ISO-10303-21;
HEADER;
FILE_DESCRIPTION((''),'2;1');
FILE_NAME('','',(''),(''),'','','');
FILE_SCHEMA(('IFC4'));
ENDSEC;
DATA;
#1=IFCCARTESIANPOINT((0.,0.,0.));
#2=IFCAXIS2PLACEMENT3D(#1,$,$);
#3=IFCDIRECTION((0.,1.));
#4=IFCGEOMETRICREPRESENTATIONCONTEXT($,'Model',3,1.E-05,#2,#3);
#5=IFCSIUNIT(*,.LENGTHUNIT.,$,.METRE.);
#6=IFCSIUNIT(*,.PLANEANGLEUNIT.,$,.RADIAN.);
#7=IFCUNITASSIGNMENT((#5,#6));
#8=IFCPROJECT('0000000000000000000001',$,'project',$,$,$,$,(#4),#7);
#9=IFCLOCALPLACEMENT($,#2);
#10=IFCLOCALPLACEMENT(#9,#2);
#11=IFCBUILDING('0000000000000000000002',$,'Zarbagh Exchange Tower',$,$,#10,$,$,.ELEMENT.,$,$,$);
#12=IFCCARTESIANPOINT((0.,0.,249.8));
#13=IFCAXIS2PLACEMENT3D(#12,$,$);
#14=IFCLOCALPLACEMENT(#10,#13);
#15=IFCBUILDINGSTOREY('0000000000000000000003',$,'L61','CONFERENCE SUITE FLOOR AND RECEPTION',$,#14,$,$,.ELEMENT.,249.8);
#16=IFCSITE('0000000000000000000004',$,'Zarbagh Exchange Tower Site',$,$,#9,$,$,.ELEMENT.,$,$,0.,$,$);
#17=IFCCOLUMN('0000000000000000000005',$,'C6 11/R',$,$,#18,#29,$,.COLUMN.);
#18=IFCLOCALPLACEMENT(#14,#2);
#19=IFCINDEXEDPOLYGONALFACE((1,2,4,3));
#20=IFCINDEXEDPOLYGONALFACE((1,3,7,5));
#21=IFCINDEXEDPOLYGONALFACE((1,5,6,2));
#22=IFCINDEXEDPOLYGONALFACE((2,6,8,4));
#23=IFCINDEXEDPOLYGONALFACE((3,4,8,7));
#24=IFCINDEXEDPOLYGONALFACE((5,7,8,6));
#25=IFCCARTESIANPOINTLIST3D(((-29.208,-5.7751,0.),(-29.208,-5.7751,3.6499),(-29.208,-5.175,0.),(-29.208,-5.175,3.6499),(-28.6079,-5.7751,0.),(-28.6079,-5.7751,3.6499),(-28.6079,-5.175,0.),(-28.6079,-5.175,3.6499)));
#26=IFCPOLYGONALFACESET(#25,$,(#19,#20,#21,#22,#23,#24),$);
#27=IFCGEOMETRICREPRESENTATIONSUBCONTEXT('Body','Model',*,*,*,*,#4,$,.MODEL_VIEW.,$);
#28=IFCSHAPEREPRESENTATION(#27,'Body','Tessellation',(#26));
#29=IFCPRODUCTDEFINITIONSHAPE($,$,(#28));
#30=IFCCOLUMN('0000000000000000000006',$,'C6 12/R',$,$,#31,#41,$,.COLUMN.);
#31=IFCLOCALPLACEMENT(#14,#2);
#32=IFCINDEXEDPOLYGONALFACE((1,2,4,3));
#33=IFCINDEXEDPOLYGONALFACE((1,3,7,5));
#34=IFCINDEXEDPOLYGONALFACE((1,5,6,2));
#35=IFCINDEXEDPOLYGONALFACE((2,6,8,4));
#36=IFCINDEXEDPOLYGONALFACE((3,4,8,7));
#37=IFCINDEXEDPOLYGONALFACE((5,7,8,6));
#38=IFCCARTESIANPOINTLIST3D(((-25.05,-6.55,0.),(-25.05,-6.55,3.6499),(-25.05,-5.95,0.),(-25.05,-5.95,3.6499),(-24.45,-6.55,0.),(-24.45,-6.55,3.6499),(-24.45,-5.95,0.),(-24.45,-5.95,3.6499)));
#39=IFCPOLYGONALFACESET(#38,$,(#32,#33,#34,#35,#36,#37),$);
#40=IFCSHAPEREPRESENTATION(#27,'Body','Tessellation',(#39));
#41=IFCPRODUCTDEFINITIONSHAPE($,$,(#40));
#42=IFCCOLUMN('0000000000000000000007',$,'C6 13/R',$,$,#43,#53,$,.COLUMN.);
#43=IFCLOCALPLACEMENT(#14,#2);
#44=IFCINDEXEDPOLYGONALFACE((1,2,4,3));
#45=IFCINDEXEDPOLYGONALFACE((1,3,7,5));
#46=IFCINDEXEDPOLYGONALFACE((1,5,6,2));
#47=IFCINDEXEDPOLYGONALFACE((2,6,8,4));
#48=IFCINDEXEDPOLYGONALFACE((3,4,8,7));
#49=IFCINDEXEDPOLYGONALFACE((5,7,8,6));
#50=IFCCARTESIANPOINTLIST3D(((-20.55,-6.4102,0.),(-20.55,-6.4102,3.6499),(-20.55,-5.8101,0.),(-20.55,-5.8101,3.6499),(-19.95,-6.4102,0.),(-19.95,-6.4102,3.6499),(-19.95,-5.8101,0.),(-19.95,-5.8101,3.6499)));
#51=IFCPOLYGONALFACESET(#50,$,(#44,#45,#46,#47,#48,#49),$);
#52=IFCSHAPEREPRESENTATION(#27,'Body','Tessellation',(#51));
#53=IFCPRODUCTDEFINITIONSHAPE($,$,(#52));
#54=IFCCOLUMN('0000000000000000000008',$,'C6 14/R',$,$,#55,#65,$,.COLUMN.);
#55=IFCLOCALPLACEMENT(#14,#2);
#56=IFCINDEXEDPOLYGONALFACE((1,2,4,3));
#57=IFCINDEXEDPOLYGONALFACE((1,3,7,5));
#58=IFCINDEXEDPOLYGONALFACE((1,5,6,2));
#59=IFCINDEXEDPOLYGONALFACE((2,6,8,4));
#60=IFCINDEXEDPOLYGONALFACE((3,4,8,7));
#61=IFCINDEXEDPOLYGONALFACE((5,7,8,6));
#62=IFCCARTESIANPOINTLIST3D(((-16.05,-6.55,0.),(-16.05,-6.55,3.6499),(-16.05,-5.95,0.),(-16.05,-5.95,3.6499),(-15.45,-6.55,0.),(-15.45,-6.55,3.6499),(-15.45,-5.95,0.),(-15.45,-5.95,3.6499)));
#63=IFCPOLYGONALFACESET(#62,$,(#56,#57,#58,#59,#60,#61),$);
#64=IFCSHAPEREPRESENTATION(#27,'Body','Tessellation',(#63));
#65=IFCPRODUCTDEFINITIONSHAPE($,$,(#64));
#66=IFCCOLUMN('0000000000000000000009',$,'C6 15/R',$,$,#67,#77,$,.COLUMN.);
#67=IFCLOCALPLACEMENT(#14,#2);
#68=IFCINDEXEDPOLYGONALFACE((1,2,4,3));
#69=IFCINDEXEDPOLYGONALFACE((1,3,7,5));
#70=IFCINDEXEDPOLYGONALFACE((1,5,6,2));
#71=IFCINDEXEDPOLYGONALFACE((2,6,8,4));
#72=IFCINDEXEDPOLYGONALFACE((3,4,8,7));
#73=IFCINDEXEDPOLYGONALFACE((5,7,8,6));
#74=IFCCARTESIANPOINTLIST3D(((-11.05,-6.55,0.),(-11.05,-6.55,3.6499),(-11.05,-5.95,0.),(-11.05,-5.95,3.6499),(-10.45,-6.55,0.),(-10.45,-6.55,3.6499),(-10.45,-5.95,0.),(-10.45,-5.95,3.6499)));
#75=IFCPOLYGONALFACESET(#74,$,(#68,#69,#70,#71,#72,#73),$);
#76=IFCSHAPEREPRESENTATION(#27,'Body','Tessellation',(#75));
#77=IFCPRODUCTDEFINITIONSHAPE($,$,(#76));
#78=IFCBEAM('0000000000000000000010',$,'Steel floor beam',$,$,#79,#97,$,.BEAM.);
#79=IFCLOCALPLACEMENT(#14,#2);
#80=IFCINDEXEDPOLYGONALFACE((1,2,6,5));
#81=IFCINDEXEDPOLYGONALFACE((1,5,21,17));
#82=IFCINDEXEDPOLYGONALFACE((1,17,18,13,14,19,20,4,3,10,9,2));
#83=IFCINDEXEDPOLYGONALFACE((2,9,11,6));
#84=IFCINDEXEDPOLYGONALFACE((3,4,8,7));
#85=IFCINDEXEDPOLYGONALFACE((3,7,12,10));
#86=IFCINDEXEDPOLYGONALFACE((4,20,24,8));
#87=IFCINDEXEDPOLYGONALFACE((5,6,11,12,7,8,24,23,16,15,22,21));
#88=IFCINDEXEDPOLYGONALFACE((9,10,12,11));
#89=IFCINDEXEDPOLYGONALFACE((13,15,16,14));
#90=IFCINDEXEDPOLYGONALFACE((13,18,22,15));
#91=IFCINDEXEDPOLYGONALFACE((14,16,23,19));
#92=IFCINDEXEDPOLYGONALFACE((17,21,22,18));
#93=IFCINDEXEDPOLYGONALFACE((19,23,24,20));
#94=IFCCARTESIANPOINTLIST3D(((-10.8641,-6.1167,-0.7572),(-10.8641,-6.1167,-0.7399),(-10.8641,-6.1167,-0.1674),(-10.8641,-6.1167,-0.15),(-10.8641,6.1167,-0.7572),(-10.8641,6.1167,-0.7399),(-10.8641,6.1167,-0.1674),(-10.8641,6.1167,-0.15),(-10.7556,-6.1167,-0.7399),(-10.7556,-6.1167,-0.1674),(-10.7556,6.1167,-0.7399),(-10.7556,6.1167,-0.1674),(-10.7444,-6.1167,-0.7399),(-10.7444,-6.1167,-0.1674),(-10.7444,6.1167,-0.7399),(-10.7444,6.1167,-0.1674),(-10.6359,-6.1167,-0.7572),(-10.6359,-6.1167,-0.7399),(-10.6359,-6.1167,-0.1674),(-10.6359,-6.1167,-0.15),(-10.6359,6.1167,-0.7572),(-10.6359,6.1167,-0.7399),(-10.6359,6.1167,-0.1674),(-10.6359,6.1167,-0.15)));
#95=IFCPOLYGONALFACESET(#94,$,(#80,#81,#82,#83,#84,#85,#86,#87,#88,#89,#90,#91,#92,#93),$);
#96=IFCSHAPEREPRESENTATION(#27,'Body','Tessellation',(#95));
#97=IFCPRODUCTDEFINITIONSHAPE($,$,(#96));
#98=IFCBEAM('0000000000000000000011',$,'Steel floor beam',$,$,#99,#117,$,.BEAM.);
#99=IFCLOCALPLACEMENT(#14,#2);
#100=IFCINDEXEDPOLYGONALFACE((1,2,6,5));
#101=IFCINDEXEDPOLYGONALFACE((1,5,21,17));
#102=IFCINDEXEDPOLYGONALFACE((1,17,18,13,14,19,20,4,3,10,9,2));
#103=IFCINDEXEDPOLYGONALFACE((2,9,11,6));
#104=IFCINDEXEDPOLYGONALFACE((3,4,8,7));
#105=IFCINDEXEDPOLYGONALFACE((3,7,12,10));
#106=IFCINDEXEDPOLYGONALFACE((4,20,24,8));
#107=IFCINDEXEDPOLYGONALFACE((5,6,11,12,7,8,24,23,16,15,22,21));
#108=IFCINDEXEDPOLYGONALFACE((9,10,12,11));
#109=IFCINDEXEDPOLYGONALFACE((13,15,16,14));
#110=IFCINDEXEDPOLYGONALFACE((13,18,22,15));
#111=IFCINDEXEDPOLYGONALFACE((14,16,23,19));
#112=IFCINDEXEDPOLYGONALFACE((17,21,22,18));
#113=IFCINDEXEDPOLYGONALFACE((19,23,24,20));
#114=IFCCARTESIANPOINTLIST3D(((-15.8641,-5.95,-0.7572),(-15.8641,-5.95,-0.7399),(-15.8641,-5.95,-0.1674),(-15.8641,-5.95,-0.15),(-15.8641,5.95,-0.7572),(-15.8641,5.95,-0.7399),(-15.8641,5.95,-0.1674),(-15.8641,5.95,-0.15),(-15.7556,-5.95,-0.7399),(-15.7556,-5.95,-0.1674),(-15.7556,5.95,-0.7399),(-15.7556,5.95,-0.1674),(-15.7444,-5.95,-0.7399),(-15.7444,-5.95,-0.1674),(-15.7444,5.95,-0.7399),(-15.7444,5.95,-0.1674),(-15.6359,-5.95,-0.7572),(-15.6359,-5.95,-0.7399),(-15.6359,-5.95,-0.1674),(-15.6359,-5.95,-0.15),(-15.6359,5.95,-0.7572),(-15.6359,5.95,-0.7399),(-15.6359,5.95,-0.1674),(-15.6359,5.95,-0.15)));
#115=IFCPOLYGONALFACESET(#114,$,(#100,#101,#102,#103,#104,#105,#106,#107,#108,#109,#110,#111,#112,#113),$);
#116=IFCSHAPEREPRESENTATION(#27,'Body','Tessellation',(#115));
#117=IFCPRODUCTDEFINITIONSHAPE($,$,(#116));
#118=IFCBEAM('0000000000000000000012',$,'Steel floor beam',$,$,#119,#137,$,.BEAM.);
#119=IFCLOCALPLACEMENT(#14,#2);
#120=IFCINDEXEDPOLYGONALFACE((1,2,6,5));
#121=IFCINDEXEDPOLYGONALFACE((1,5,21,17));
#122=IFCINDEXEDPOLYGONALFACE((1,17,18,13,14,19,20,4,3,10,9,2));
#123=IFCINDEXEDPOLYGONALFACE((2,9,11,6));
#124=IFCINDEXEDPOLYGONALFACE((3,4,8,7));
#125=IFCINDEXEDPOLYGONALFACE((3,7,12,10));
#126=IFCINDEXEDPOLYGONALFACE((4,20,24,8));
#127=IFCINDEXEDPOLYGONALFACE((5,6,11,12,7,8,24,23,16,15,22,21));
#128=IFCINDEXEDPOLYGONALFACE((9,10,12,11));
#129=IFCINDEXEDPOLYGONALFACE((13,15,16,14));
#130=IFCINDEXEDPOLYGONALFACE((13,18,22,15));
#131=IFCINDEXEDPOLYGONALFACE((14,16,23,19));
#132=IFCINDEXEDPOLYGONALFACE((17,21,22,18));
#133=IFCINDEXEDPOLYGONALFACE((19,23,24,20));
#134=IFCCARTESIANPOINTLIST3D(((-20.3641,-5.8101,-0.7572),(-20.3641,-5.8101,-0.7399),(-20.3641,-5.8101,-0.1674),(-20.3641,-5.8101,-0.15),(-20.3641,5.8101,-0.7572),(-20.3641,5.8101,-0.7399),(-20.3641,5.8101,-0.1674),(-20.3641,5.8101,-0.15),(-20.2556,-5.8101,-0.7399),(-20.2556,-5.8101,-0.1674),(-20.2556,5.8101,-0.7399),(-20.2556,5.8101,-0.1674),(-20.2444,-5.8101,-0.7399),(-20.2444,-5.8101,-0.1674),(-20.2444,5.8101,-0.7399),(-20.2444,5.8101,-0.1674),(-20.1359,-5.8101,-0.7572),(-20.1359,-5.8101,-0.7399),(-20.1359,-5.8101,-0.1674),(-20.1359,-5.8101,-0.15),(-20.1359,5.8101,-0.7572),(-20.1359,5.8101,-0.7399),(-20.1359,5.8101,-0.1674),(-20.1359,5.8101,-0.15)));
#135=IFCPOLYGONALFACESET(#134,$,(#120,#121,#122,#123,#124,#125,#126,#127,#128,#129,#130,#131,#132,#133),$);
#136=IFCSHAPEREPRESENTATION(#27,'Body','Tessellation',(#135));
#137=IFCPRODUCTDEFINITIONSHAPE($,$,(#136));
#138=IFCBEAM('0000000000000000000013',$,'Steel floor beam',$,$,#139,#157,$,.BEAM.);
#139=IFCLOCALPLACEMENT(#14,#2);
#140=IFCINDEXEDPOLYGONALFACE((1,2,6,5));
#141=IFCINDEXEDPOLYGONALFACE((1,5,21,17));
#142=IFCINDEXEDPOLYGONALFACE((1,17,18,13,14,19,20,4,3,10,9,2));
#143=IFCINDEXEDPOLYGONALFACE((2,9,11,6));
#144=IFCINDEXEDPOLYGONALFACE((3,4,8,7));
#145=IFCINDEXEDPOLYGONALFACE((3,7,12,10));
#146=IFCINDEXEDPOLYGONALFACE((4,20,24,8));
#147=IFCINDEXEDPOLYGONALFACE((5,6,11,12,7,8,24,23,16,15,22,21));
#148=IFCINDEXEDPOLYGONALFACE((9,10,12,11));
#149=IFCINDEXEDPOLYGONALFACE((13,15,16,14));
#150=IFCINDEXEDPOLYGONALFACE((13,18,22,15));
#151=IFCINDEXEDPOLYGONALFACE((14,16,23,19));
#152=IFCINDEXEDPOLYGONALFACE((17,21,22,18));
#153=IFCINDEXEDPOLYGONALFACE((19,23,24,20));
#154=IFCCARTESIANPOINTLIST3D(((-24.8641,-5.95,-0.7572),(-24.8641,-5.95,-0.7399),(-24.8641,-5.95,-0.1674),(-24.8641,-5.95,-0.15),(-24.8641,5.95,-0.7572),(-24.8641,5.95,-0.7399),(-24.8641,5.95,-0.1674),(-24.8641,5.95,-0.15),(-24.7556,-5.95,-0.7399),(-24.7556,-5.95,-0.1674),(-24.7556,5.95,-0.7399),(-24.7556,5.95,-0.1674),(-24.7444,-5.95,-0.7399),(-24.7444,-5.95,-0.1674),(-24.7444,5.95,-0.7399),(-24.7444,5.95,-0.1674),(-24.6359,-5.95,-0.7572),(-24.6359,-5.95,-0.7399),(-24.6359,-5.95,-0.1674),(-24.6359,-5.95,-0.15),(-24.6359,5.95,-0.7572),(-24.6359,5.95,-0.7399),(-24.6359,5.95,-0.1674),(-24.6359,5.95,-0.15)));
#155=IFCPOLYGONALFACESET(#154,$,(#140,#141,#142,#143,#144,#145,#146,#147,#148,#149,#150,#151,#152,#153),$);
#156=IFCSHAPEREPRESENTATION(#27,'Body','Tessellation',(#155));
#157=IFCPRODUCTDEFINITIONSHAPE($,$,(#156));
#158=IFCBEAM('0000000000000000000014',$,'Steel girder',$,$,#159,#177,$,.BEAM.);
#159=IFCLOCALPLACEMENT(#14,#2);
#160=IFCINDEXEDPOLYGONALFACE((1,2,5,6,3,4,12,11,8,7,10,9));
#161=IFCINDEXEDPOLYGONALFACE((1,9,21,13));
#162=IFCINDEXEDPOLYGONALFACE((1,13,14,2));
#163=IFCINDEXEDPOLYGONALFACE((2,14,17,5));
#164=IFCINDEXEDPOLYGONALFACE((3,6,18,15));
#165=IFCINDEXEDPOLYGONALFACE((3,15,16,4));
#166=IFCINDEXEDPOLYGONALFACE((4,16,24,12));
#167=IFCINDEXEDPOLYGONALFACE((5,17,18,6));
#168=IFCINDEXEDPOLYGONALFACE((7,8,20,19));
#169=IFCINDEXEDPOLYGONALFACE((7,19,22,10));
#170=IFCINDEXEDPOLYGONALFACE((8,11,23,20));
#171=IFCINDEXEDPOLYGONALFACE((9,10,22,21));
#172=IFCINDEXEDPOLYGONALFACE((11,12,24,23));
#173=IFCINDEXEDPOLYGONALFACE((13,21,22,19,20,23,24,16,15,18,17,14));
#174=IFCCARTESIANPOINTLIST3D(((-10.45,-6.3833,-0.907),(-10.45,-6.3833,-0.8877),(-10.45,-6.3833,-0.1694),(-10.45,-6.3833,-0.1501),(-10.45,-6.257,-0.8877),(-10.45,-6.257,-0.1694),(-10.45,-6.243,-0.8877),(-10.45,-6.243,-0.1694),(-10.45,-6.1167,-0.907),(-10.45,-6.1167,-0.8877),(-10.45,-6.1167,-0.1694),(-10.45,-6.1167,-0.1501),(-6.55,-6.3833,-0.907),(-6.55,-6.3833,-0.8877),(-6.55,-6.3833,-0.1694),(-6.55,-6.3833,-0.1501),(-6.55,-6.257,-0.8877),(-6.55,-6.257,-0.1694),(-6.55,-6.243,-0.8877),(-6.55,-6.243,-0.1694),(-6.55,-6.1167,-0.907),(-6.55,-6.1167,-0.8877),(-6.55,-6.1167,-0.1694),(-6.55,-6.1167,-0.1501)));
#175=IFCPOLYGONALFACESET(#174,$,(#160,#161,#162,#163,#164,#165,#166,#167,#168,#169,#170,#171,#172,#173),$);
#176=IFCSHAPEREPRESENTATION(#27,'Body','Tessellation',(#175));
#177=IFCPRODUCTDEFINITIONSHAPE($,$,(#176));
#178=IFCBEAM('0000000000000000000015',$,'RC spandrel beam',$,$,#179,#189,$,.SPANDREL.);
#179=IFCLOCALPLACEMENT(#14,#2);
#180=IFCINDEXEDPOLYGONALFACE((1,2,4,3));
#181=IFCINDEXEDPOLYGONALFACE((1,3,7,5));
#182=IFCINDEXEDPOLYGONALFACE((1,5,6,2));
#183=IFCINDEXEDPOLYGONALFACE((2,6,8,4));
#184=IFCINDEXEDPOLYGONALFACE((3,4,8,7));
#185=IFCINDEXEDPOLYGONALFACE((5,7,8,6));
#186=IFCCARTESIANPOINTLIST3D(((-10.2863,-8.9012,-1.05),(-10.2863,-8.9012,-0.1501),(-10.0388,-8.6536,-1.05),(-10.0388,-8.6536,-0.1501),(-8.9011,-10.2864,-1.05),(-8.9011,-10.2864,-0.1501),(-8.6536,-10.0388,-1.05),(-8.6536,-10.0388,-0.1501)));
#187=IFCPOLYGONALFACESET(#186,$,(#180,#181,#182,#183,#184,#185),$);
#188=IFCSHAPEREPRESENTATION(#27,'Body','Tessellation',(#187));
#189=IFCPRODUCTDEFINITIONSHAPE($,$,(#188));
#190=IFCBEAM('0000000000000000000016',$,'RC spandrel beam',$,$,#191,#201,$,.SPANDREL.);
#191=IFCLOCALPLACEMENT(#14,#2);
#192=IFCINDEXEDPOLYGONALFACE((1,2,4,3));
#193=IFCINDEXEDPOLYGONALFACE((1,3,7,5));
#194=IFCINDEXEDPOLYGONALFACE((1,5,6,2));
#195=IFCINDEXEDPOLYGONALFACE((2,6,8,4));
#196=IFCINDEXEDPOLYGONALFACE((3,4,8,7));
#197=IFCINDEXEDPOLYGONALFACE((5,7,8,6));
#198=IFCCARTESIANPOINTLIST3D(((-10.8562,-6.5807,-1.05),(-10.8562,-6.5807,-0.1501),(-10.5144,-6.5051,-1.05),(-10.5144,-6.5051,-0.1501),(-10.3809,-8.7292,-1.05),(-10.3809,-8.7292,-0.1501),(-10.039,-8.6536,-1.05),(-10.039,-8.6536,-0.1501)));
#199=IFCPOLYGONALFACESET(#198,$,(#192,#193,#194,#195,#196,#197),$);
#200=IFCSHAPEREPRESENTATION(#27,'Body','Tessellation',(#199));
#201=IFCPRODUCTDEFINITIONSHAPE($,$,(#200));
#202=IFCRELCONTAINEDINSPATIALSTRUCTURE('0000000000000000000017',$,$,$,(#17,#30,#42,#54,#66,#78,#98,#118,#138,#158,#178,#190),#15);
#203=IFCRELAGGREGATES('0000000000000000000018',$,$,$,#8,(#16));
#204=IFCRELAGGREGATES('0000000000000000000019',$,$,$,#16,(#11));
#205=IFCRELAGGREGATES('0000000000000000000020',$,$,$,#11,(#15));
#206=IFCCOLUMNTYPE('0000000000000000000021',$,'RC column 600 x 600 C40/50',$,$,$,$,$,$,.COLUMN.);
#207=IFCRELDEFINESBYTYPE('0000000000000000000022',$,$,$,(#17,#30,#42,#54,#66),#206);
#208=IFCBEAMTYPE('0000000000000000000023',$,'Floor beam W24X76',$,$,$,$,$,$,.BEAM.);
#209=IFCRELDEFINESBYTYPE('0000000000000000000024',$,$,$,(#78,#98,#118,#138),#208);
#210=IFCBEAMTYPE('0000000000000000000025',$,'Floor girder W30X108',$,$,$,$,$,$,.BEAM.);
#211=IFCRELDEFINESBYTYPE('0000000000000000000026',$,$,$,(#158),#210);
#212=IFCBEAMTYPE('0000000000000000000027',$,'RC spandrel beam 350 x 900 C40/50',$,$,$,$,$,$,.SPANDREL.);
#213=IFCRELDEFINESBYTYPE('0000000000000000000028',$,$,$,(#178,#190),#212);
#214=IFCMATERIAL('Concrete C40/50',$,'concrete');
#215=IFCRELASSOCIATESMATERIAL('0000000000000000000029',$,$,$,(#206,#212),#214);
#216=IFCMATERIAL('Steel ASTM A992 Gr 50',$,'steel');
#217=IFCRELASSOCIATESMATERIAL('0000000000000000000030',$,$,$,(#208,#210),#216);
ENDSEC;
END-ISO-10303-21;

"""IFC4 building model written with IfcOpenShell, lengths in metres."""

from ifc_helpers import new_model, si_unit, direction, frame, origin, origin_2d, place, context, subcontext, project, spatial, rectangle, i_section, extrude, material, material_profile, profile_set, type_object, element, save


model = new_model("IFC4")

# Units and contexts
model_context = context("Model", 3, precision=1e-05, world=origin(), true_north=direction((0.0, 1.0)))
body_context = subcontext(model_context, "Body", "Model", "MODEL_VIEW")
ifc_project = project(units=[si_unit("LENGTHUNIT", "METRE"), si_unit("PLANEANGLEUNIT", "RADIAN")], contexts=[model_context])

# Site, building, storey
site_placement = place(None, origin())
site = spatial("IfcSite", under=ifc_project, at=site_placement, Name="Zarbagh Exchange Tower Site", CompositionType="ELEMENT", RefElevation=0.0)
building_placement = place(site_placement, origin())
building = spatial("IfcBuilding", under=site, at=building_placement, Name="Zarbagh Exchange Tower", CompositionType="ELEMENT")
storey_placement = place(building_placement, frame((0.0, 0.0, 249.8)))
storey = spatial("IfcBuildingStorey", under=building, at=storey_placement, Name="L61", Description="CONFERENCE SUITE FLOOR AND RECEPTION", CompositionType="ELEMENT", Elevation=249.8)

# Columns
ifc_material_1 = material(Name="Concrete C40/50", Category="concrete")
ifc_material_profile_1 = material_profile(ifc_material_1, rectangle(XDim=0.6001, YDim=0.6001, at=origin_2d()), Name="RC column 600 x 600 C40/50")
ifc_profile_set_1 = profile_set([ifc_material_profile_1], Name="Concrete C40/50")
column_type = type_object("IfcColumnType", Name="RC column 600 x 600 C40/50", PredefinedType="COLUMN", material=ifc_profile_set_1)
for number, where, z_axis, x_axis, name in (
    (1, (-28.908, -5.4751, 0.0), (0.0, 0.0, 1.0), (1.0, 0.0, 0.0), "C6 11/R"),
    (2, (-24.75, -6.25, 0.0), (0.0, 0.0, 1.0), (1.0, 0.0, 0.0), "C6 12/R"),
    (3, (-20.25, -6.1101, 0.0), (0.0, 0.0, 1.0), (1.0, 0.0, 0.0), "C6 13/R"),
    (4, (-15.75, -6.25, 0.0), (0.0, 0.0, 1.0), (1.0, 0.0, 0.0), "C6 14/R"),
    (5, (-10.75, -6.25, 0.0), (0.0, 0.0, 1.0), (1.0, 0.0, 0.0), "C6 15/R"),
):
    element("IfcColumn", number, at=place(storey_placement, frame(where, z_axis=z_axis, x_axis=x_axis)), inside=storey, type_object=column_type, Name=name, PredefinedType="COLUMN", context=body_context, shape_type="SweptSolid", body=[
        extrude(rectangle(XDim=0.6001, YDim=0.6001, at=origin_2d()), origin(), (0.0, 0.0, 1.0), 3.6499),
    ])

# Beams
ifc_material_2 = material(Name="Steel ASTM A992 Gr 50", Category="steel")
ifc_material_profile_2 = material_profile(ifc_material_2, i_section(OverallWidth=0.2283, OverallDepth=0.6072, WebThickness=0.0112, FlangeThickness=0.0173, at=origin_2d()), Name="W24X76")
ifc_profile_set_2 = profile_set([ifc_material_profile_2], Name="Steel ASTM A992 Gr 50")
beam_type_1 = type_object("IfcBeamType", Name="Floor beam W24X76", PredefinedType="BEAM", material=ifc_profile_set_2)
beam_1_placement = place(storey_placement, frame((-10.75, -6.1167, -0.4536), z_axis=(0.0, 1.0, 0.0), x_axis=(-1.0, 0.0, 0.0)))
element("IfcBeam", 6, at=beam_1_placement, inside=storey, type_object=beam_type_1, Name="Steel floor beam", PredefinedType="BEAM", context=body_context, shape_type="SweptSolid", body=[
    extrude(i_section(OverallWidth=0.2283, OverallDepth=0.6072, WebThickness=0.0112, FlangeThickness=0.0173, at=origin_2d()), origin(), (0.0, 0.0, 1.0), 12.2334),
])
beam_2_placement = place(storey_placement, frame((-15.75, -5.95, -0.4536), z_axis=(0.0, 1.0, 0.0), x_axis=(-1.0, 0.0, 0.0)))
element("IfcBeam", 7, at=beam_2_placement, inside=storey, type_object=beam_type_1, Name="Steel floor beam", PredefinedType="BEAM", context=body_context, shape_type="SweptSolid", body=[
    extrude(i_section(OverallWidth=0.2283, OverallDepth=0.6072, WebThickness=0.0112, FlangeThickness=0.0173, at=origin_2d()), origin(), (0.0, 0.0, 1.0), 11.8999),
])
beam_3_placement = place(storey_placement, frame((-20.25, -5.8101, -0.4536), z_axis=(0.0, 1.0, 0.0), x_axis=(-1.0, 0.0, 0.0)))
element("IfcBeam", 8, at=beam_3_placement, inside=storey, type_object=beam_type_1, Name="Steel floor beam", PredefinedType="BEAM", context=body_context, shape_type="SweptSolid", body=[
    extrude(i_section(OverallWidth=0.2283, OverallDepth=0.6072, WebThickness=0.0112, FlangeThickness=0.0173, at=origin_2d()), origin(), (0.0, 0.0, 1.0), 11.6201),
])
beam_4_placement = place(storey_placement, frame((-24.75, -5.95, -0.4536), z_axis=(0.0, 1.0, 0.0), x_axis=(-1.0, 0.0, 0.0)))
element("IfcBeam", 9, at=beam_4_placement, inside=storey, type_object=beam_type_1, Name="Steel floor beam", PredefinedType="BEAM", context=body_context, shape_type="SweptSolid", body=[
    extrude(i_section(OverallWidth=0.2283, OverallDepth=0.6072, WebThickness=0.0112, FlangeThickness=0.0173, at=origin_2d()), origin(), (0.0, 0.0, 1.0), 11.8999),
])
ifc_material_profile_3 = material_profile(ifc_material_2, i_section(OverallWidth=0.2666, OverallDepth=0.7568, WebThickness=0.0139, FlangeThickness=0.0193, at=origin_2d()), Name="W30X108")
ifc_profile_set_3 = profile_set([ifc_material_profile_3], Name="Steel ASTM A992 Gr 50")
beam_type_2 = type_object("IfcBeamType", Name="Floor girder W30X108", PredefinedType="BEAM", material=ifc_profile_set_3)
beam_5_placement = place(storey_placement, frame((-10.45, -6.25, -0.5286), z_axis=(1.0, 0.0, 0.0), x_axis=(0.0, 1.0, 0.0)))
element("IfcBeam", 10, at=beam_5_placement, inside=storey, type_object=beam_type_2, Name="Steel girder", PredefinedType="BEAM", context=body_context, shape_type="SweptSolid", body=[
    extrude(i_section(OverallWidth=0.2666, OverallDepth=0.7568, WebThickness=0.0139, FlangeThickness=0.0193, at=origin_2d()), origin(), (0.0, 0.0, 1.0), 3.8999),
])
ifc_material_profile_4 = material_profile(ifc_material_1, rectangle(XDim=0.3501, YDim=0.8999, at=origin_2d()), Name="RC spandrel beam 350 x 900 C40/50")
ifc_profile_set_4 = profile_set([ifc_material_profile_4], Name="Concrete C40/50")
beam_type_3 = type_object("IfcBeamType", Name="RC spandrel beam 350 x 900 C40/50", PredefinedType="SPANDREL", material=ifc_profile_set_4)
beam_6_placement = place(storey_placement, frame((-8.7773, -10.1626, -0.6001), z_axis=(-0.707107, 0.707107, 0.0), x_axis=(-0.707107, -0.707107, 0.0)))
element("IfcBeam", 11, at=beam_6_placement, inside=storey, type_object=beam_type_3, Name="RC spandrel beam", PredefinedType="SPANDREL", context=body_context, shape_type="SweptSolid", body=[
    extrude(rectangle(XDim=0.3501, YDim=0.8999, at=origin_2d()), origin(), (0.0, 0.0, 1.0), 1.959),
])
beam_7_placement = place(storey_placement, frame((-10.21, -8.6914, -0.6001), z_axis=(-0.216026, 0.976388, 0.0), x_axis=(-0.976388, -0.216026, 0.0)))
element("IfcBeam", 12, at=beam_7_placement, inside=storey, type_object=beam_type_3, Name="RC spandrel beam", PredefinedType="SPANDREL", context=body_context, shape_type="SweptSolid", body=[
    extrude(rectangle(XDim=0.3501, YDim=0.8999, at=origin_2d()), origin(), (0.0, 0.0, 1.0), 2.2004),
])

save(model, "model.ifc")
